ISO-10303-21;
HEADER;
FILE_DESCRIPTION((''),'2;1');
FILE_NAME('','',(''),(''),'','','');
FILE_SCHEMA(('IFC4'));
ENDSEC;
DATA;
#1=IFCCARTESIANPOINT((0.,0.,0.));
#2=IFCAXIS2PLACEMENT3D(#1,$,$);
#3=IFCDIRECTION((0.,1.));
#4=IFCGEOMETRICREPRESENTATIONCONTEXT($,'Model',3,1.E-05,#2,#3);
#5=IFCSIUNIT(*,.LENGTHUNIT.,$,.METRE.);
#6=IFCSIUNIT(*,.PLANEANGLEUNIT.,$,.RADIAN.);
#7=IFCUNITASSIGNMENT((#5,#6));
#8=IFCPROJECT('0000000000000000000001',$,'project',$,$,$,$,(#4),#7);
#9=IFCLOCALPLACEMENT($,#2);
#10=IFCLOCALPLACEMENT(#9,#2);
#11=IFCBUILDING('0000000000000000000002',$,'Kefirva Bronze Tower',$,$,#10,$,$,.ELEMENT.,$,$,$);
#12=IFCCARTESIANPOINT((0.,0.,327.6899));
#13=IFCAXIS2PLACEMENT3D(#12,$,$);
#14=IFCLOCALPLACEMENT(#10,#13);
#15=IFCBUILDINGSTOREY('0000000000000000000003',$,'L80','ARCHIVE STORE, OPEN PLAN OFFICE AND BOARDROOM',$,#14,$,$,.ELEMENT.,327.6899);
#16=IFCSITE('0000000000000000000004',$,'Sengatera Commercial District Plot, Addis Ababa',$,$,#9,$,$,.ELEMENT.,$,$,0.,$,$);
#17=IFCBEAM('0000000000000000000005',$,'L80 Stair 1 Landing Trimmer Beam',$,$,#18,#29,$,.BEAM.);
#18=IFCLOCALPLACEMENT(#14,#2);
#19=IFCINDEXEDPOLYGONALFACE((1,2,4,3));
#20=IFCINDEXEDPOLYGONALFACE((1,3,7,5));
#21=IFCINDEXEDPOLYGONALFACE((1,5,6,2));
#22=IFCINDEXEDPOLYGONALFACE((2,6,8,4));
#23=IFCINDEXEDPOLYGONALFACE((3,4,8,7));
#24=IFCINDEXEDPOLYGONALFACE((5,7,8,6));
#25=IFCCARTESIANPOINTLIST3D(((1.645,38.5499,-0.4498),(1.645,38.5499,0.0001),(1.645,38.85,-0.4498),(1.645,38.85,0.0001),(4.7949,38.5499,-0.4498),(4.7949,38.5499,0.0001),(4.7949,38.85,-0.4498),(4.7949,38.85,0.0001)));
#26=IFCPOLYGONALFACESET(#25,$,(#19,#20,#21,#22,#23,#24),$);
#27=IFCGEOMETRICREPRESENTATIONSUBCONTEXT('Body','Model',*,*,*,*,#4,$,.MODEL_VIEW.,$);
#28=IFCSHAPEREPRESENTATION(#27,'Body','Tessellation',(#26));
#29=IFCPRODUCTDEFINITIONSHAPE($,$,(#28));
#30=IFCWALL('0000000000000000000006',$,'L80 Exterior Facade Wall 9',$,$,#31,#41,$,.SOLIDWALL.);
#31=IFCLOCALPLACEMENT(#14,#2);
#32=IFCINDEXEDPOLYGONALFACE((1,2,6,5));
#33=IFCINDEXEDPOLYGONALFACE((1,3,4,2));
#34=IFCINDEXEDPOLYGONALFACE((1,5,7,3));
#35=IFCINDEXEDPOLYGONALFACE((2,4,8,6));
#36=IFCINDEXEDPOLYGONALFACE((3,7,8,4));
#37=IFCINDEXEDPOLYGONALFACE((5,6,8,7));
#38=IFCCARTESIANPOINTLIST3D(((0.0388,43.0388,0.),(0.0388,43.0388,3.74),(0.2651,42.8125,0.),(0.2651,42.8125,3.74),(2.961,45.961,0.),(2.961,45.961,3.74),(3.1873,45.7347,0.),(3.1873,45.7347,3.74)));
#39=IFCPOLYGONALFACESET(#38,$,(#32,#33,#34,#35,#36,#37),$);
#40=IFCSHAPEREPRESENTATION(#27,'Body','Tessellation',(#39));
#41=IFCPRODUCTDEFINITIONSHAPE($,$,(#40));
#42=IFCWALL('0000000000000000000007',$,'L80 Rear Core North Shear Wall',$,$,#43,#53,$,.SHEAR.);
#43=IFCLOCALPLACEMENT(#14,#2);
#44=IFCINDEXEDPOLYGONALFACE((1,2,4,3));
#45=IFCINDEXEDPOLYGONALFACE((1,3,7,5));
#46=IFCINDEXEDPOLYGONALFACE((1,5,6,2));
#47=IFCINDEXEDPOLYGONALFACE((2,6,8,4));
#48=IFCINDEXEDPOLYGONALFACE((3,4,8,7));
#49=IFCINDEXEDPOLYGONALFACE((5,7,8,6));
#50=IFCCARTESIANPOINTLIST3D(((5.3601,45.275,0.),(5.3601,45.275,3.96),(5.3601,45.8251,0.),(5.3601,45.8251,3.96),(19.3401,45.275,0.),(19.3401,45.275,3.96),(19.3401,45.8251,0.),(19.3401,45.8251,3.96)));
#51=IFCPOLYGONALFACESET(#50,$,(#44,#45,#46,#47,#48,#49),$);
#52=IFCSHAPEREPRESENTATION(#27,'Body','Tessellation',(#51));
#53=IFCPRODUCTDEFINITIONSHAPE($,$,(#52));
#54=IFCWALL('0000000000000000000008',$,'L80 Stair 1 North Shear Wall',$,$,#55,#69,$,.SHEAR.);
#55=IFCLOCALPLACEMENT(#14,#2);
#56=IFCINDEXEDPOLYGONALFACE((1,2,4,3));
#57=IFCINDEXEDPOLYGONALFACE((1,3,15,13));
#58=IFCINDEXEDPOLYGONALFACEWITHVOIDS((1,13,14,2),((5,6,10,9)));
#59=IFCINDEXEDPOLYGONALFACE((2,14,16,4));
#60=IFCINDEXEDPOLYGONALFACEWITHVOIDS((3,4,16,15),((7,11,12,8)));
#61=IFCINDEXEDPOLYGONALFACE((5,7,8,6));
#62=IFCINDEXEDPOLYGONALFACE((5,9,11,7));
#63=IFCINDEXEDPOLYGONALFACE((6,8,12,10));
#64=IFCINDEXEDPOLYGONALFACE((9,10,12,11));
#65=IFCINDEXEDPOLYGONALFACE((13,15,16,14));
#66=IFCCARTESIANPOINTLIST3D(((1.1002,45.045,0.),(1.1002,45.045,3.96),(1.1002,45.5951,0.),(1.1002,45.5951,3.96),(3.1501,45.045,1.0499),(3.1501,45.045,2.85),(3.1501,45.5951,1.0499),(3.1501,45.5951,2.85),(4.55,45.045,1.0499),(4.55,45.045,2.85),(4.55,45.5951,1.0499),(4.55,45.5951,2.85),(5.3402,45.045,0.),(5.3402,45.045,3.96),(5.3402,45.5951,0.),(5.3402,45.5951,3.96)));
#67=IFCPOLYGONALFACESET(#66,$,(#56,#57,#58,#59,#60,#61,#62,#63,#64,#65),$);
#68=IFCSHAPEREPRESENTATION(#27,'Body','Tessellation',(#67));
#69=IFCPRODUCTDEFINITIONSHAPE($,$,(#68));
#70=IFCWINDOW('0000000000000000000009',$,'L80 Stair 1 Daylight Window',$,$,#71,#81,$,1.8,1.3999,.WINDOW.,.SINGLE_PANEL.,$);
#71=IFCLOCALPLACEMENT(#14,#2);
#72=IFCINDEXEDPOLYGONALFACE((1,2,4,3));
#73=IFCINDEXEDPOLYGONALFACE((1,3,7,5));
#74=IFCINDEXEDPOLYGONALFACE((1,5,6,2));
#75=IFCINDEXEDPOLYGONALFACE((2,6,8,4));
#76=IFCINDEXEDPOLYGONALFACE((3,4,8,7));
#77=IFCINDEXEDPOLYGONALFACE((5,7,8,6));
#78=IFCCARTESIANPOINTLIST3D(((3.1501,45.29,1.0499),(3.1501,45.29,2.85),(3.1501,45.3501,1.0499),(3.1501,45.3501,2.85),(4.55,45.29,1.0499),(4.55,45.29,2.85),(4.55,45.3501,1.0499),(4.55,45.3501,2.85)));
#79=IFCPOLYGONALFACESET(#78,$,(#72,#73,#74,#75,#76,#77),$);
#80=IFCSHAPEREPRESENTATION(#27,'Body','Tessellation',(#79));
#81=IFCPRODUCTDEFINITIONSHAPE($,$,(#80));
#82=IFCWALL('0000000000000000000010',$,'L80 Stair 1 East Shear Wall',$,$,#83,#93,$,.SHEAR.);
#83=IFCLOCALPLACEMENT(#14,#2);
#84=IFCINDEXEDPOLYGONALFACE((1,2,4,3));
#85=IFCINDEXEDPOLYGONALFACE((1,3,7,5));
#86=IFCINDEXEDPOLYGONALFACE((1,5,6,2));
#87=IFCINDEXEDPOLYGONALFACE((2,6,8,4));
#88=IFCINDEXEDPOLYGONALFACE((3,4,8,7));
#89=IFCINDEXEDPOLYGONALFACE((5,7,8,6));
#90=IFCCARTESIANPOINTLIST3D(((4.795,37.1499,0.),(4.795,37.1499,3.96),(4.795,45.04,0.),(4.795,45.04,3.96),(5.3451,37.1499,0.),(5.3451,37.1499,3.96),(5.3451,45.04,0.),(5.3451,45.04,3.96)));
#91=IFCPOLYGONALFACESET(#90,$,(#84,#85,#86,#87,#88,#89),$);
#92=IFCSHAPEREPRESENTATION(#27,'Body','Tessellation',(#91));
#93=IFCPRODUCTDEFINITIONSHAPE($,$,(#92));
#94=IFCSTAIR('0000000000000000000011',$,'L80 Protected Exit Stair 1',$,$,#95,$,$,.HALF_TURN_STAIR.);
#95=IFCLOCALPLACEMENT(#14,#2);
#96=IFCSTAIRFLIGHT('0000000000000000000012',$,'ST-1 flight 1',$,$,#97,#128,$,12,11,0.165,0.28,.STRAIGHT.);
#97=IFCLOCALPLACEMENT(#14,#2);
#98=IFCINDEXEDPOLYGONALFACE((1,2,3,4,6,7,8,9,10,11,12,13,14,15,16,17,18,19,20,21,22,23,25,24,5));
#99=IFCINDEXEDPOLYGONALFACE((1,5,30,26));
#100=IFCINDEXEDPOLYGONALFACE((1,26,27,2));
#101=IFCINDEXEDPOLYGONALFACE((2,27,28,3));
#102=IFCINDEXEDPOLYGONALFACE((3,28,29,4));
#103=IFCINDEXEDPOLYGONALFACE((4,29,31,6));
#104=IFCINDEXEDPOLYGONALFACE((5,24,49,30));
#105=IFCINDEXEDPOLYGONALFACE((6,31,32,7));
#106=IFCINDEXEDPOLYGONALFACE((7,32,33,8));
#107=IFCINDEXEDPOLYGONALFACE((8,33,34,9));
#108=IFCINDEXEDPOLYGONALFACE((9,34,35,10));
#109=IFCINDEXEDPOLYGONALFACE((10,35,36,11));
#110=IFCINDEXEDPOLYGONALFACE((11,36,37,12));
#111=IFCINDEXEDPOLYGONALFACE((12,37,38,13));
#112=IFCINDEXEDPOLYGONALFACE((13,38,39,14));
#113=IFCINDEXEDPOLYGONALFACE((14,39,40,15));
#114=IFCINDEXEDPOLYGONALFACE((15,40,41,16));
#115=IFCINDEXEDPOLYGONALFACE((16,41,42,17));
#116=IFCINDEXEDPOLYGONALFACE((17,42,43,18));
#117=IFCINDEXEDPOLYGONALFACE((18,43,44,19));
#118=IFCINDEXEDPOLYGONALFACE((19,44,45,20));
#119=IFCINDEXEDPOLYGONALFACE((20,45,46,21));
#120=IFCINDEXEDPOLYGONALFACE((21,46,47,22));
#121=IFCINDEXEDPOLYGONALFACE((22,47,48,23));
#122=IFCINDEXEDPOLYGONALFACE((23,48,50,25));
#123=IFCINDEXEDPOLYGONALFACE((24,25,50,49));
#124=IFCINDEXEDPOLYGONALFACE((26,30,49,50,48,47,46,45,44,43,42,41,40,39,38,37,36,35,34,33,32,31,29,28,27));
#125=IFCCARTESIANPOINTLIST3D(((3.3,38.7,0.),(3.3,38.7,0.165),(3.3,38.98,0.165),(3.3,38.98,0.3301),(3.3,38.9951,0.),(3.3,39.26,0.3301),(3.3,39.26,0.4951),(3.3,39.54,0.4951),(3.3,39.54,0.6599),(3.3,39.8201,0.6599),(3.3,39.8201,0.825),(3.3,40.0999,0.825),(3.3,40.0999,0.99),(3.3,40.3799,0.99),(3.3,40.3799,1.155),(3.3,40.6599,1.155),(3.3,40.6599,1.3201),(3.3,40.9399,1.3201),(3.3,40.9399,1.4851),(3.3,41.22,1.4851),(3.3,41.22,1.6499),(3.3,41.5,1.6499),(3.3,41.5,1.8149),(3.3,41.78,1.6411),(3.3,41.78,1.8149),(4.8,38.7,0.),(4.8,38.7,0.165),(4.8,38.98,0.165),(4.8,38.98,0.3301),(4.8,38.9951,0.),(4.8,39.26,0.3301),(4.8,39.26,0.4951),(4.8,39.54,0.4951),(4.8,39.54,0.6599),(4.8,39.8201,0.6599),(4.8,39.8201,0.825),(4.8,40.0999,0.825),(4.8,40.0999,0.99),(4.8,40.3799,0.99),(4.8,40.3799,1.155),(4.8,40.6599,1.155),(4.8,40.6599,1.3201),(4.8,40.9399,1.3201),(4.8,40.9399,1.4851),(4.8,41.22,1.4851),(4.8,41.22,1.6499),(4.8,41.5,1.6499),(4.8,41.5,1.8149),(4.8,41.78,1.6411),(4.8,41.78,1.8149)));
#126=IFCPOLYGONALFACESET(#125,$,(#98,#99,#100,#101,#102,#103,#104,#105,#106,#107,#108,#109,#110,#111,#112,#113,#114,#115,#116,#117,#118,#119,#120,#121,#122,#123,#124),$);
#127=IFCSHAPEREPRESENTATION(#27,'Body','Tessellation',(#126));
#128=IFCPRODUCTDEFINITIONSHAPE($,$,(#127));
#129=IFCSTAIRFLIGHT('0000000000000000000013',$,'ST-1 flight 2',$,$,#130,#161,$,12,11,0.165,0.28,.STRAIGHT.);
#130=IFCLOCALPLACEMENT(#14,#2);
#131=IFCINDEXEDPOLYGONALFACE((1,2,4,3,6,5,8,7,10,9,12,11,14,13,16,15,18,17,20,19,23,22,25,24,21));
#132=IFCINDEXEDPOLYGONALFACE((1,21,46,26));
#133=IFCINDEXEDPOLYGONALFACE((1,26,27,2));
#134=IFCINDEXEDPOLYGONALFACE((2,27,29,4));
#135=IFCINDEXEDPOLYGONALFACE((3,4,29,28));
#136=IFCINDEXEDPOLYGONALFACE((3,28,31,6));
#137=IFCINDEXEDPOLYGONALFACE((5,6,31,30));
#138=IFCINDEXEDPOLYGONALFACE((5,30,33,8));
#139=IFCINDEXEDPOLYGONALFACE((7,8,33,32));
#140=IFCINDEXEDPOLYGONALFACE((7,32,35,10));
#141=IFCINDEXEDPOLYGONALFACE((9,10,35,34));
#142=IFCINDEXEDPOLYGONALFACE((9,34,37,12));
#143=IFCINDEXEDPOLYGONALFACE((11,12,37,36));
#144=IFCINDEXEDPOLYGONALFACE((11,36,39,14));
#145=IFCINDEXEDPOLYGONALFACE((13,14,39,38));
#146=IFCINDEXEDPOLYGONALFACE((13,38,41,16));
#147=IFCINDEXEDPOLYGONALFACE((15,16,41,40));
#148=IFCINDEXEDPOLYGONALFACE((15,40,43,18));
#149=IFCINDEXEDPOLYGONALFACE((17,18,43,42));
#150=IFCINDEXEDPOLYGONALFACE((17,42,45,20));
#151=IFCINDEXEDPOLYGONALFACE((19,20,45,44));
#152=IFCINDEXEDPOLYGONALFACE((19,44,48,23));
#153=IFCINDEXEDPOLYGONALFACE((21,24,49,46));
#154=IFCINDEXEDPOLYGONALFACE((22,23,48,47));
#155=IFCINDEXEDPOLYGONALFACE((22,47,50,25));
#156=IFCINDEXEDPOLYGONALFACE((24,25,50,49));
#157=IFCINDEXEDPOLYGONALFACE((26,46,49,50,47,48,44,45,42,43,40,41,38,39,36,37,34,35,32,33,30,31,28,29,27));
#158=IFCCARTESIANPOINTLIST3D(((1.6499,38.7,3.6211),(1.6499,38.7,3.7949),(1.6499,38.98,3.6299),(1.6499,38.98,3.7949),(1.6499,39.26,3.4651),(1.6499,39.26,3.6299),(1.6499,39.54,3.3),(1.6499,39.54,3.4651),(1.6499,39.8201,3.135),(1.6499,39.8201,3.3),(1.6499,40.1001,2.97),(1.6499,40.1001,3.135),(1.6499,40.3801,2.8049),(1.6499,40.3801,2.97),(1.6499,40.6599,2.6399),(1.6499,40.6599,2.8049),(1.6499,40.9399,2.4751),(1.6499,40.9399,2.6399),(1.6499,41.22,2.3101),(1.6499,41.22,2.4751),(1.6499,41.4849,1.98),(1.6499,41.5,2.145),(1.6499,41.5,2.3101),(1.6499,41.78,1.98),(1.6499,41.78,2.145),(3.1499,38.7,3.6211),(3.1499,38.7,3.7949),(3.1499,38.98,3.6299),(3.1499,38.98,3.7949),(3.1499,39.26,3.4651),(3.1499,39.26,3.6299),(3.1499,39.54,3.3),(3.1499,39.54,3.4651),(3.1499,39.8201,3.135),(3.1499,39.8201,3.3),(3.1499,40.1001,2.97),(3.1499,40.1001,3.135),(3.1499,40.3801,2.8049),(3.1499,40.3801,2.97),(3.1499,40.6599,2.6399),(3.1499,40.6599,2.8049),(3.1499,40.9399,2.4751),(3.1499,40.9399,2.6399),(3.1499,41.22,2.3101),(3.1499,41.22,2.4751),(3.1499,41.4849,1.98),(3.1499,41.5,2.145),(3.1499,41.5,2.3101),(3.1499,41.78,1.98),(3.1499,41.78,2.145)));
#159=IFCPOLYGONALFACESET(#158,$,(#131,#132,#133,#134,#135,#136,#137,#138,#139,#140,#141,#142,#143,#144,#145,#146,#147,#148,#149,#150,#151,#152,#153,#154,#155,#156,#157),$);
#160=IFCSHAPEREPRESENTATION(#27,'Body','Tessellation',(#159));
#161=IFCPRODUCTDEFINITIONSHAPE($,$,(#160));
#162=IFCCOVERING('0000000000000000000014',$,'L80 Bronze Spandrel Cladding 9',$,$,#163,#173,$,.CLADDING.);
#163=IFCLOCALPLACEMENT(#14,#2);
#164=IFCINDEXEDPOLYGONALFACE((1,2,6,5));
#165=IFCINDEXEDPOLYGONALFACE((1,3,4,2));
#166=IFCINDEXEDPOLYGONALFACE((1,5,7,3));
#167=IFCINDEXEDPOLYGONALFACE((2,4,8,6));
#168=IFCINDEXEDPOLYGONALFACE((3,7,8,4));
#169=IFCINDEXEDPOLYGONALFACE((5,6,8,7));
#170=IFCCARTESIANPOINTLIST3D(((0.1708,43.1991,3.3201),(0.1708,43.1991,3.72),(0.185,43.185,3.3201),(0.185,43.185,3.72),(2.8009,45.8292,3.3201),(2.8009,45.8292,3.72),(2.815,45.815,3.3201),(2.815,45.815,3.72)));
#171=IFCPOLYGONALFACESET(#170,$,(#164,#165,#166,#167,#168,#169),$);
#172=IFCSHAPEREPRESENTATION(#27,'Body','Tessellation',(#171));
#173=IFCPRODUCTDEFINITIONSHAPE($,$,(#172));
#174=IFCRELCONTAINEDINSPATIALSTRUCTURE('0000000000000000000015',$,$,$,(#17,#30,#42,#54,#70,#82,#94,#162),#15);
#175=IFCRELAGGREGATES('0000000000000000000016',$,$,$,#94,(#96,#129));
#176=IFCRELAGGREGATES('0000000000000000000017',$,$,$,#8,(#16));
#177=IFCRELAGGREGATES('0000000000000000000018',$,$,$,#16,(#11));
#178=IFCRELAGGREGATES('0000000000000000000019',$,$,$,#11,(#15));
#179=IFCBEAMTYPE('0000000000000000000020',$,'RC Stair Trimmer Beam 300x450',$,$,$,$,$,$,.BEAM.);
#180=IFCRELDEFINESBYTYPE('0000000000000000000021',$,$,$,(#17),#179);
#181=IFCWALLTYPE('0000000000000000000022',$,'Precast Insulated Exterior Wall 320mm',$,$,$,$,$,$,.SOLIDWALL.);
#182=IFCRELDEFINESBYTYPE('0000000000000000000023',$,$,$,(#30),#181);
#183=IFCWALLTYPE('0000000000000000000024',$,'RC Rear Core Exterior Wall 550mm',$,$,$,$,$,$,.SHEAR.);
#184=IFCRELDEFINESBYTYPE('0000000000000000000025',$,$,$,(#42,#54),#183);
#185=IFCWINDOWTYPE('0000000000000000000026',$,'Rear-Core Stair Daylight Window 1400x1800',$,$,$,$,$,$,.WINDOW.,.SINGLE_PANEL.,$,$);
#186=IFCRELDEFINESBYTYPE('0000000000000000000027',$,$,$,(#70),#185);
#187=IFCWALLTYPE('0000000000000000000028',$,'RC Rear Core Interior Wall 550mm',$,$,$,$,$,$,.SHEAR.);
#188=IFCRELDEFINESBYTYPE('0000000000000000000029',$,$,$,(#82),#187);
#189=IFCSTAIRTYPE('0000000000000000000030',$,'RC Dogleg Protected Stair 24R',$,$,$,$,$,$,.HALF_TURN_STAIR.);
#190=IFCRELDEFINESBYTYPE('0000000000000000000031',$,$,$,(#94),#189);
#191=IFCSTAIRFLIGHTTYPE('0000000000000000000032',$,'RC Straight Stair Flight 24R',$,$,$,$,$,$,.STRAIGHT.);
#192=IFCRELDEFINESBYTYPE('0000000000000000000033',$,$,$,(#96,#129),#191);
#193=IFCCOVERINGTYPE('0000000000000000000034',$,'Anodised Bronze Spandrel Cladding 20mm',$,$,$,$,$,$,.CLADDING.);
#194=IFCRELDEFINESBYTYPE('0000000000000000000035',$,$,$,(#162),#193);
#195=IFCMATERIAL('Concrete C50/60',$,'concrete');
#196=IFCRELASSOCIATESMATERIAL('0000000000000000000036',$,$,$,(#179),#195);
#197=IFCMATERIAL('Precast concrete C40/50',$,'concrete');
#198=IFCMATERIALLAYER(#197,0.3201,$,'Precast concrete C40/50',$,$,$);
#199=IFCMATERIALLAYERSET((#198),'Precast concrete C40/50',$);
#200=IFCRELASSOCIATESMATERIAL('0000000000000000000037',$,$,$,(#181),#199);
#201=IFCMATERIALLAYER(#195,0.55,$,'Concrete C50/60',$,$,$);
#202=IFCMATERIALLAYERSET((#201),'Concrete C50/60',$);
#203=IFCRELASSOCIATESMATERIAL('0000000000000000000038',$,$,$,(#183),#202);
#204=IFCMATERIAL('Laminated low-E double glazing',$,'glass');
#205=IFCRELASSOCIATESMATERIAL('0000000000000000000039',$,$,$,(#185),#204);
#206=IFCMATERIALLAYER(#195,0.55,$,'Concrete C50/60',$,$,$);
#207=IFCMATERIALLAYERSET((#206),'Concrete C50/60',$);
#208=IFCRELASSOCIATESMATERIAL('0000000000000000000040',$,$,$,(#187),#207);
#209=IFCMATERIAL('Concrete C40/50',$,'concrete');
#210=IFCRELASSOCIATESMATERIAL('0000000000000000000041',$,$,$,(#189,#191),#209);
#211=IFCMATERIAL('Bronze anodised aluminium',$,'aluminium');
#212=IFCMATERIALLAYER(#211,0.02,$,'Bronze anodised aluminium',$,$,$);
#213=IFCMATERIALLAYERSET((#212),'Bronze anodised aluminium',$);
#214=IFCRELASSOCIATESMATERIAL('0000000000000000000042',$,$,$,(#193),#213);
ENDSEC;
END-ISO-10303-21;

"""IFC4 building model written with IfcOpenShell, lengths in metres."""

from ifc_helpers import new_model, si_unit, direction, frame, frame_2d, origin, origin_2d, place, context, subcontext, project, spatial, polyline, rectangle, outline, extrude, material, layer, layer_set, material_profile, profile_set, type_object, element, fill, aggregate, save


model = new_model("IFC4")

# Units and contexts
model_context = context("Model", 3, precision=1e-05, world=origin(), true_north=direction((0.0, 1.0)))
body_context = subcontext(model_context, "Body", "Model", "MODEL_VIEW")
ifc_project = project(units=[si_unit("LENGTHUNIT", "METRE"), si_unit("PLANEANGLEUNIT", "RADIAN")], contexts=[model_context])

# Site, building, storey
site_placement = place(None, origin())
site = spatial("IfcSite", under=ifc_project, at=site_placement, Name="Sengatera Commercial District Plot, Addis Ababa", CompositionType="ELEMENT", RefElevation=0.0)
building_placement = place(site_placement, origin())
building = spatial("IfcBuilding", under=site, at=building_placement, Name="Kefirva Bronze Tower", CompositionType="ELEMENT")
storey_placement = place(building_placement, frame((0.0, 0.0, 327.6899)))
storey = spatial("IfcBuildingStorey", under=building, at=storey_placement, Name="L80", Description="ARCHIVE STORE, OPEN PLAN OFFICE AND BOARDROOM", CompositionType="ELEMENT", Elevation=327.6899)

# Beam
ifc_material_1 = material(Name="Concrete C50/60", Category="concrete")
ifc_material_profile = material_profile(ifc_material_1, rectangle(XDim=0.3, YDim=0.45, at=origin_2d()), Name="RC 300x450")
ifc_profile_set = profile_set([ifc_material_profile], Name="Concrete C50/60")
beam_type = type_object("IfcBeamType", Name="RC Stair Trimmer Beam 300x450", PredefinedType="BEAM", material=ifc_profile_set)
beam_placement = place(storey_placement, frame((1.645, 38.7, -0.2249), z_axis=(1.0, 0.0, 0.0), x_axis=(0.0, 1.0, 0.0)))
element("IfcBeam", 1, at=beam_placement, inside=storey, type_object=beam_type, Name="L80 Stair 1 Landing Trimmer Beam", PredefinedType="BEAM", context=body_context, shape_type="SweptSolid", body=[
    extrude(rectangle(XDim=0.3, YDim=0.45, at=origin_2d()), origin(), (0.0, 0.0, 1.0), 3.1499),
])

# Walls
ifc_material_2 = material(Name="Precast concrete C40/50", Category="concrete")
ifc_layer_1 = layer(ifc_material_2, 0.3201, Name="Precast concrete C40/50")
ifc_layer_set_1 = layer_set([ifc_layer_1], Name="Precast concrete C40/50")
wall_type_1 = type_object("IfcWallType", Name="Precast Insulated Exterior Wall 320mm", PredefinedType="SOLIDWALL", material=ifc_layer_set_1)
wall_1_placement = place(storey_placement, frame((3.0742, 45.8479, 0.0), z_axis=(0.0, 0.0, 1.0), x_axis=(-0.707107, -0.707107, 0.0)))
element("IfcWall", 2, at=wall_1_placement, inside=storey, type_object=wall_type_1, Name="L80 Exterior Facade Wall 9", PredefinedType="SOLIDWALL", context=body_context, shape_type="SweptSolid", body=[
    extrude(rectangle(XDim=4.1326, YDim=0.3201, at=frame_2d((2.0664, 0.0))), origin(), (0.0, 0.0, 1.0), 3.74),
])
ifc_layer_2 = layer(ifc_material_1, 0.55, Name="Concrete C50/60")
ifc_layer_set_2 = layer_set([ifc_layer_2], Name="Concrete C50/60")
wall_type_2 = type_object("IfcWallType", Name="RC Rear Core Exterior Wall 550mm", PredefinedType="SHEAR", material=ifc_layer_set_2)
wall_2_placement = place(storey_placement, frame((5.3601, 45.55, 0.0), z_axis=(0.0, 0.0, 1.0), x_axis=(1.0, 0.0, 0.0)))
element("IfcWall", 3, at=wall_2_placement, inside=storey, type_object=wall_type_2, Name="L80 Rear Core North Shear Wall", PredefinedType="SHEAR", context=body_context, shape_type="SweptSolid", body=[
    extrude(rectangle(XDim=13.98, YDim=0.55, at=frame_2d((6.99, 0.0))), origin(), (0.0, 0.0, 1.0), 3.96),
])

# Wall, opening, window
wall_3_placement = place(storey_placement, frame((1.1001, 45.3201, 0.0), z_axis=(0.0, 0.0, 1.0), x_axis=(1.0, 0.0, 0.0)))
wall_3 = element("IfcWall", 4, at=wall_3_placement, inside=storey, type_object=wall_type_2, Name="L80 Stair 1 North Shear Wall", PredefinedType="SHEAR", context=body_context, shape_type="SweptSolid", body=[
    extrude(rectangle(XDim=4.24, YDim=0.55, at=frame_2d((2.1201, 0.0))), origin(), (0.0, 0.0, 1.0), 3.96),
])
opening_placement = place(wall_3_placement, frame((2.05, 0.0, 1.05)))
opening = element("IfcOpeningElement", 5, at=opening_placement, cuts=wall_3, PredefinedType="OPENING", context=body_context, shape_type="SweptSolid", body=[
    extrude(rectangle(XDim=1.3999, YDim=1.8, at=frame_2d((0.7, 0.8999))), frame((0.0, 0.2852, 0.0), z_axis=(0.0, -1.0, 0.0), x_axis=(1.0, 0.0, 0.0)), (0.0, 0.0, 1.0), 0.5701),
])
ifc_material_3 = material(Name="Laminated low-E double glazing", Category="glass")
window_type = type_object("IfcWindowType", Name="Rear-Core Stair Daylight Window 1400x1800", PartitioningType="SINGLE_PANEL", PredefinedType="WINDOW", material=ifc_material_3)
window_placement = place(opening_placement, origin())
window = element("IfcWindow", 6, at=window_placement, inside=storey, type_object=window_type, Name="L80 Stair 1 Daylight Window", OverallHeight=1.8, OverallWidth=1.3999, PartitioningType="SINGLE_PANEL", PredefinedType="WINDOW", context=body_context, shape_type="SweptSolid", body=[
    extrude(rectangle(XDim=1.3999, YDim=1.8, at=frame_2d((0.7, 0.8999))), frame((0.0, 0.03, 0.0), z_axis=(0.0, -1.0, 0.0), x_axis=(1.0, 0.0, 0.0)), (0.0, 0.0, 1.0), 0.0601),
])
fill(opening, window)

# Wall
ifc_layer_3 = layer(ifc_material_1, 0.55, Name="Concrete C50/60")
ifc_layer_set_3 = layer_set([ifc_layer_3], Name="Concrete C50/60")
wall_type_3 = type_object("IfcWallType", Name="RC Rear Core Interior Wall 550mm", PredefinedType="SHEAR", material=ifc_layer_set_3)
wall_4_placement = place(storey_placement, frame((5.0701, 37.1499, 0.0), z_axis=(0.0, 0.0, 1.0), x_axis=(0.0, 1.0, 0.0)))
element("IfcWall", 7, at=wall_4_placement, inside=storey, type_object=wall_type_3, Name="L80 Stair 1 East Shear Wall", PredefinedType="SHEAR", context=body_context, shape_type="SweptSolid", body=[
    extrude(rectangle(XDim=7.8901, YDim=0.55, at=frame_2d((3.9451, 0.0))), origin(), (0.0, 0.0, 1.0), 3.96),
])

# Stair, stair flights
ifc_material_4 = material(Name="Concrete C40/50", Category="concrete")
stair_type = type_object("IfcStairType", Name="RC Dogleg Protected Stair 24R", PredefinedType="HALF_TURN_STAIR", material=ifc_material_4)
stair_placement = place(storey_placement, origin())
stair = element("IfcStair", 8, at=stair_placement, inside=storey, type_object=stair_type, Name="L80 Protected Exit Stair 1", PredefinedType="HALF_TURN_STAIR")
stair_flight_type = type_object("IfcStairFlightType", Name="RC Straight Stair Flight 24R", PredefinedType="STRAIGHT", material=ifc_material_4)
stair_flight_1_placement = place(storey_placement, frame((4.05, 38.7, 0.0), z_axis=(0.0, 0.0, 1.0), x_axis=(0.0, 1.0, 0.0)))
stair_flight_1 = element("IfcStairFlight", 9, at=stair_flight_1_placement, type_object=stair_flight_type, Name="ST-1 flight 1", NumberOfRisers=12, NumberOfTreads=11, PredefinedType="STRAIGHT", RiserHeight=0.165, TreadLength=0.28, context=body_context, shape_type="SweptSolid", body=[
    extrude(outline(polyline([(0.0, 0.0), (0.0, 0.165), (0.28, 0.165), (0.28, 0.3301), (0.5601, 0.3301), (0.5601, 0.4951), (0.8401, 0.4951), (0.8401, 0.6599), (1.1201, 0.6599), (1.1201, 0.825), (1.3999, 0.825), (1.3999, 0.99), (1.6799, 0.99), (1.6799, 1.155), (1.96, 1.155), (1.96, 1.3201), (2.24, 1.3201), (2.24, 1.4851), (2.52, 1.4851), (2.52, 1.6499), (2.8, 1.6499), (2.8, 1.8149), (3.0801, 1.8149), (3.0801, 1.98), (3.0801, 1.6411), (0.2952, 0.0), (0.0, 0.0)])), frame((0.0, 0.75, 0.0), z_axis=(0.0, -1.0, 0.0), x_axis=(1.0, 0.0, 0.0)), (0.0, 0.0, 1.0), 1.5),
])
stair_flight_2_placement = place(storey_placement, frame((2.3999, 41.78, 1.98), z_axis=(0.0, 0.0, 1.0), x_axis=(0.0, -1.0, 0.0)))
stair_flight_2 = element("IfcStairFlight", 10, at=stair_flight_2_placement, type_object=stair_flight_type, Name="ST-1 flight 2", NumberOfRisers=12, NumberOfTreads=11, PredefinedType="STRAIGHT", RiserHeight=0.165, TreadLength=0.28, context=body_context, shape_type="SweptSolid", body=[
    extrude(outline(polyline([(0.0, 0.0), (0.0, 0.165), (0.28, 0.165), (0.28, 0.3301), (0.5601, 0.3301), (0.5601, 0.4951), (0.8401, 0.4951), (0.8401, 0.6599), (1.1201, 0.6599), (1.1201, 0.825), (1.3999, 0.825), (1.3999, 0.99), (1.6799, 0.99), (1.6799, 1.155), (1.96, 1.155), (1.96, 1.3201), (2.24, 1.3201), (2.24, 1.4851), (2.52, 1.4851), (2.52, 1.6499), (2.8, 1.6499), (2.8, 1.8149), (3.0801, 1.8149), (3.0801, 1.98), (3.0801, 1.6411), (0.2952, 0.0), (0.0, 0.0)])), frame((0.0, 0.75, 0.0), z_axis=(0.0, -1.0, 0.0), x_axis=(1.0, 0.0, 0.0)), (0.0, 0.0, 1.0), 1.5),
])
aggregate(stair, [stair_flight_1, stair_flight_2])

# Covering
ifc_material_5 = material(Name="Bronze anodised aluminium", Category="aluminium")
ifc_layer_4 = layer(ifc_material_5, 0.02, Name="Bronze anodised aluminium")
ifc_layer_set_4 = layer_set([ifc_layer_4], Name="Bronze anodised aluminium")
covering_type_1 = type_object("IfcCoveringType", Name="Anodised Bronze Spandrel Cladding 20mm", PredefinedType="CLADDING", material=ifc_layer_set_4)
covering_1_placement = place(storey_placement, frame((1.4929, 44.5071, 3.3201), z_axis=(0.0, 0.0, 1.0), x_axis=(-0.707107, -0.707107, 0.0)))
element("IfcCovering", 11, at=covering_1_placement, inside=storey, type_object=covering_type_1, Name="L80 Bronze Spandrel Cladding 9", PredefinedType="CLADDING", context=body_context, shape_type="SweptSolid", body=[
    extrude(rectangle(XDim=3.7195, YDim=0.02, at=origin_2d()), origin(), (0.0, 0.0, 1.0), 0.3999),
])

save(model, "model.ifc")
